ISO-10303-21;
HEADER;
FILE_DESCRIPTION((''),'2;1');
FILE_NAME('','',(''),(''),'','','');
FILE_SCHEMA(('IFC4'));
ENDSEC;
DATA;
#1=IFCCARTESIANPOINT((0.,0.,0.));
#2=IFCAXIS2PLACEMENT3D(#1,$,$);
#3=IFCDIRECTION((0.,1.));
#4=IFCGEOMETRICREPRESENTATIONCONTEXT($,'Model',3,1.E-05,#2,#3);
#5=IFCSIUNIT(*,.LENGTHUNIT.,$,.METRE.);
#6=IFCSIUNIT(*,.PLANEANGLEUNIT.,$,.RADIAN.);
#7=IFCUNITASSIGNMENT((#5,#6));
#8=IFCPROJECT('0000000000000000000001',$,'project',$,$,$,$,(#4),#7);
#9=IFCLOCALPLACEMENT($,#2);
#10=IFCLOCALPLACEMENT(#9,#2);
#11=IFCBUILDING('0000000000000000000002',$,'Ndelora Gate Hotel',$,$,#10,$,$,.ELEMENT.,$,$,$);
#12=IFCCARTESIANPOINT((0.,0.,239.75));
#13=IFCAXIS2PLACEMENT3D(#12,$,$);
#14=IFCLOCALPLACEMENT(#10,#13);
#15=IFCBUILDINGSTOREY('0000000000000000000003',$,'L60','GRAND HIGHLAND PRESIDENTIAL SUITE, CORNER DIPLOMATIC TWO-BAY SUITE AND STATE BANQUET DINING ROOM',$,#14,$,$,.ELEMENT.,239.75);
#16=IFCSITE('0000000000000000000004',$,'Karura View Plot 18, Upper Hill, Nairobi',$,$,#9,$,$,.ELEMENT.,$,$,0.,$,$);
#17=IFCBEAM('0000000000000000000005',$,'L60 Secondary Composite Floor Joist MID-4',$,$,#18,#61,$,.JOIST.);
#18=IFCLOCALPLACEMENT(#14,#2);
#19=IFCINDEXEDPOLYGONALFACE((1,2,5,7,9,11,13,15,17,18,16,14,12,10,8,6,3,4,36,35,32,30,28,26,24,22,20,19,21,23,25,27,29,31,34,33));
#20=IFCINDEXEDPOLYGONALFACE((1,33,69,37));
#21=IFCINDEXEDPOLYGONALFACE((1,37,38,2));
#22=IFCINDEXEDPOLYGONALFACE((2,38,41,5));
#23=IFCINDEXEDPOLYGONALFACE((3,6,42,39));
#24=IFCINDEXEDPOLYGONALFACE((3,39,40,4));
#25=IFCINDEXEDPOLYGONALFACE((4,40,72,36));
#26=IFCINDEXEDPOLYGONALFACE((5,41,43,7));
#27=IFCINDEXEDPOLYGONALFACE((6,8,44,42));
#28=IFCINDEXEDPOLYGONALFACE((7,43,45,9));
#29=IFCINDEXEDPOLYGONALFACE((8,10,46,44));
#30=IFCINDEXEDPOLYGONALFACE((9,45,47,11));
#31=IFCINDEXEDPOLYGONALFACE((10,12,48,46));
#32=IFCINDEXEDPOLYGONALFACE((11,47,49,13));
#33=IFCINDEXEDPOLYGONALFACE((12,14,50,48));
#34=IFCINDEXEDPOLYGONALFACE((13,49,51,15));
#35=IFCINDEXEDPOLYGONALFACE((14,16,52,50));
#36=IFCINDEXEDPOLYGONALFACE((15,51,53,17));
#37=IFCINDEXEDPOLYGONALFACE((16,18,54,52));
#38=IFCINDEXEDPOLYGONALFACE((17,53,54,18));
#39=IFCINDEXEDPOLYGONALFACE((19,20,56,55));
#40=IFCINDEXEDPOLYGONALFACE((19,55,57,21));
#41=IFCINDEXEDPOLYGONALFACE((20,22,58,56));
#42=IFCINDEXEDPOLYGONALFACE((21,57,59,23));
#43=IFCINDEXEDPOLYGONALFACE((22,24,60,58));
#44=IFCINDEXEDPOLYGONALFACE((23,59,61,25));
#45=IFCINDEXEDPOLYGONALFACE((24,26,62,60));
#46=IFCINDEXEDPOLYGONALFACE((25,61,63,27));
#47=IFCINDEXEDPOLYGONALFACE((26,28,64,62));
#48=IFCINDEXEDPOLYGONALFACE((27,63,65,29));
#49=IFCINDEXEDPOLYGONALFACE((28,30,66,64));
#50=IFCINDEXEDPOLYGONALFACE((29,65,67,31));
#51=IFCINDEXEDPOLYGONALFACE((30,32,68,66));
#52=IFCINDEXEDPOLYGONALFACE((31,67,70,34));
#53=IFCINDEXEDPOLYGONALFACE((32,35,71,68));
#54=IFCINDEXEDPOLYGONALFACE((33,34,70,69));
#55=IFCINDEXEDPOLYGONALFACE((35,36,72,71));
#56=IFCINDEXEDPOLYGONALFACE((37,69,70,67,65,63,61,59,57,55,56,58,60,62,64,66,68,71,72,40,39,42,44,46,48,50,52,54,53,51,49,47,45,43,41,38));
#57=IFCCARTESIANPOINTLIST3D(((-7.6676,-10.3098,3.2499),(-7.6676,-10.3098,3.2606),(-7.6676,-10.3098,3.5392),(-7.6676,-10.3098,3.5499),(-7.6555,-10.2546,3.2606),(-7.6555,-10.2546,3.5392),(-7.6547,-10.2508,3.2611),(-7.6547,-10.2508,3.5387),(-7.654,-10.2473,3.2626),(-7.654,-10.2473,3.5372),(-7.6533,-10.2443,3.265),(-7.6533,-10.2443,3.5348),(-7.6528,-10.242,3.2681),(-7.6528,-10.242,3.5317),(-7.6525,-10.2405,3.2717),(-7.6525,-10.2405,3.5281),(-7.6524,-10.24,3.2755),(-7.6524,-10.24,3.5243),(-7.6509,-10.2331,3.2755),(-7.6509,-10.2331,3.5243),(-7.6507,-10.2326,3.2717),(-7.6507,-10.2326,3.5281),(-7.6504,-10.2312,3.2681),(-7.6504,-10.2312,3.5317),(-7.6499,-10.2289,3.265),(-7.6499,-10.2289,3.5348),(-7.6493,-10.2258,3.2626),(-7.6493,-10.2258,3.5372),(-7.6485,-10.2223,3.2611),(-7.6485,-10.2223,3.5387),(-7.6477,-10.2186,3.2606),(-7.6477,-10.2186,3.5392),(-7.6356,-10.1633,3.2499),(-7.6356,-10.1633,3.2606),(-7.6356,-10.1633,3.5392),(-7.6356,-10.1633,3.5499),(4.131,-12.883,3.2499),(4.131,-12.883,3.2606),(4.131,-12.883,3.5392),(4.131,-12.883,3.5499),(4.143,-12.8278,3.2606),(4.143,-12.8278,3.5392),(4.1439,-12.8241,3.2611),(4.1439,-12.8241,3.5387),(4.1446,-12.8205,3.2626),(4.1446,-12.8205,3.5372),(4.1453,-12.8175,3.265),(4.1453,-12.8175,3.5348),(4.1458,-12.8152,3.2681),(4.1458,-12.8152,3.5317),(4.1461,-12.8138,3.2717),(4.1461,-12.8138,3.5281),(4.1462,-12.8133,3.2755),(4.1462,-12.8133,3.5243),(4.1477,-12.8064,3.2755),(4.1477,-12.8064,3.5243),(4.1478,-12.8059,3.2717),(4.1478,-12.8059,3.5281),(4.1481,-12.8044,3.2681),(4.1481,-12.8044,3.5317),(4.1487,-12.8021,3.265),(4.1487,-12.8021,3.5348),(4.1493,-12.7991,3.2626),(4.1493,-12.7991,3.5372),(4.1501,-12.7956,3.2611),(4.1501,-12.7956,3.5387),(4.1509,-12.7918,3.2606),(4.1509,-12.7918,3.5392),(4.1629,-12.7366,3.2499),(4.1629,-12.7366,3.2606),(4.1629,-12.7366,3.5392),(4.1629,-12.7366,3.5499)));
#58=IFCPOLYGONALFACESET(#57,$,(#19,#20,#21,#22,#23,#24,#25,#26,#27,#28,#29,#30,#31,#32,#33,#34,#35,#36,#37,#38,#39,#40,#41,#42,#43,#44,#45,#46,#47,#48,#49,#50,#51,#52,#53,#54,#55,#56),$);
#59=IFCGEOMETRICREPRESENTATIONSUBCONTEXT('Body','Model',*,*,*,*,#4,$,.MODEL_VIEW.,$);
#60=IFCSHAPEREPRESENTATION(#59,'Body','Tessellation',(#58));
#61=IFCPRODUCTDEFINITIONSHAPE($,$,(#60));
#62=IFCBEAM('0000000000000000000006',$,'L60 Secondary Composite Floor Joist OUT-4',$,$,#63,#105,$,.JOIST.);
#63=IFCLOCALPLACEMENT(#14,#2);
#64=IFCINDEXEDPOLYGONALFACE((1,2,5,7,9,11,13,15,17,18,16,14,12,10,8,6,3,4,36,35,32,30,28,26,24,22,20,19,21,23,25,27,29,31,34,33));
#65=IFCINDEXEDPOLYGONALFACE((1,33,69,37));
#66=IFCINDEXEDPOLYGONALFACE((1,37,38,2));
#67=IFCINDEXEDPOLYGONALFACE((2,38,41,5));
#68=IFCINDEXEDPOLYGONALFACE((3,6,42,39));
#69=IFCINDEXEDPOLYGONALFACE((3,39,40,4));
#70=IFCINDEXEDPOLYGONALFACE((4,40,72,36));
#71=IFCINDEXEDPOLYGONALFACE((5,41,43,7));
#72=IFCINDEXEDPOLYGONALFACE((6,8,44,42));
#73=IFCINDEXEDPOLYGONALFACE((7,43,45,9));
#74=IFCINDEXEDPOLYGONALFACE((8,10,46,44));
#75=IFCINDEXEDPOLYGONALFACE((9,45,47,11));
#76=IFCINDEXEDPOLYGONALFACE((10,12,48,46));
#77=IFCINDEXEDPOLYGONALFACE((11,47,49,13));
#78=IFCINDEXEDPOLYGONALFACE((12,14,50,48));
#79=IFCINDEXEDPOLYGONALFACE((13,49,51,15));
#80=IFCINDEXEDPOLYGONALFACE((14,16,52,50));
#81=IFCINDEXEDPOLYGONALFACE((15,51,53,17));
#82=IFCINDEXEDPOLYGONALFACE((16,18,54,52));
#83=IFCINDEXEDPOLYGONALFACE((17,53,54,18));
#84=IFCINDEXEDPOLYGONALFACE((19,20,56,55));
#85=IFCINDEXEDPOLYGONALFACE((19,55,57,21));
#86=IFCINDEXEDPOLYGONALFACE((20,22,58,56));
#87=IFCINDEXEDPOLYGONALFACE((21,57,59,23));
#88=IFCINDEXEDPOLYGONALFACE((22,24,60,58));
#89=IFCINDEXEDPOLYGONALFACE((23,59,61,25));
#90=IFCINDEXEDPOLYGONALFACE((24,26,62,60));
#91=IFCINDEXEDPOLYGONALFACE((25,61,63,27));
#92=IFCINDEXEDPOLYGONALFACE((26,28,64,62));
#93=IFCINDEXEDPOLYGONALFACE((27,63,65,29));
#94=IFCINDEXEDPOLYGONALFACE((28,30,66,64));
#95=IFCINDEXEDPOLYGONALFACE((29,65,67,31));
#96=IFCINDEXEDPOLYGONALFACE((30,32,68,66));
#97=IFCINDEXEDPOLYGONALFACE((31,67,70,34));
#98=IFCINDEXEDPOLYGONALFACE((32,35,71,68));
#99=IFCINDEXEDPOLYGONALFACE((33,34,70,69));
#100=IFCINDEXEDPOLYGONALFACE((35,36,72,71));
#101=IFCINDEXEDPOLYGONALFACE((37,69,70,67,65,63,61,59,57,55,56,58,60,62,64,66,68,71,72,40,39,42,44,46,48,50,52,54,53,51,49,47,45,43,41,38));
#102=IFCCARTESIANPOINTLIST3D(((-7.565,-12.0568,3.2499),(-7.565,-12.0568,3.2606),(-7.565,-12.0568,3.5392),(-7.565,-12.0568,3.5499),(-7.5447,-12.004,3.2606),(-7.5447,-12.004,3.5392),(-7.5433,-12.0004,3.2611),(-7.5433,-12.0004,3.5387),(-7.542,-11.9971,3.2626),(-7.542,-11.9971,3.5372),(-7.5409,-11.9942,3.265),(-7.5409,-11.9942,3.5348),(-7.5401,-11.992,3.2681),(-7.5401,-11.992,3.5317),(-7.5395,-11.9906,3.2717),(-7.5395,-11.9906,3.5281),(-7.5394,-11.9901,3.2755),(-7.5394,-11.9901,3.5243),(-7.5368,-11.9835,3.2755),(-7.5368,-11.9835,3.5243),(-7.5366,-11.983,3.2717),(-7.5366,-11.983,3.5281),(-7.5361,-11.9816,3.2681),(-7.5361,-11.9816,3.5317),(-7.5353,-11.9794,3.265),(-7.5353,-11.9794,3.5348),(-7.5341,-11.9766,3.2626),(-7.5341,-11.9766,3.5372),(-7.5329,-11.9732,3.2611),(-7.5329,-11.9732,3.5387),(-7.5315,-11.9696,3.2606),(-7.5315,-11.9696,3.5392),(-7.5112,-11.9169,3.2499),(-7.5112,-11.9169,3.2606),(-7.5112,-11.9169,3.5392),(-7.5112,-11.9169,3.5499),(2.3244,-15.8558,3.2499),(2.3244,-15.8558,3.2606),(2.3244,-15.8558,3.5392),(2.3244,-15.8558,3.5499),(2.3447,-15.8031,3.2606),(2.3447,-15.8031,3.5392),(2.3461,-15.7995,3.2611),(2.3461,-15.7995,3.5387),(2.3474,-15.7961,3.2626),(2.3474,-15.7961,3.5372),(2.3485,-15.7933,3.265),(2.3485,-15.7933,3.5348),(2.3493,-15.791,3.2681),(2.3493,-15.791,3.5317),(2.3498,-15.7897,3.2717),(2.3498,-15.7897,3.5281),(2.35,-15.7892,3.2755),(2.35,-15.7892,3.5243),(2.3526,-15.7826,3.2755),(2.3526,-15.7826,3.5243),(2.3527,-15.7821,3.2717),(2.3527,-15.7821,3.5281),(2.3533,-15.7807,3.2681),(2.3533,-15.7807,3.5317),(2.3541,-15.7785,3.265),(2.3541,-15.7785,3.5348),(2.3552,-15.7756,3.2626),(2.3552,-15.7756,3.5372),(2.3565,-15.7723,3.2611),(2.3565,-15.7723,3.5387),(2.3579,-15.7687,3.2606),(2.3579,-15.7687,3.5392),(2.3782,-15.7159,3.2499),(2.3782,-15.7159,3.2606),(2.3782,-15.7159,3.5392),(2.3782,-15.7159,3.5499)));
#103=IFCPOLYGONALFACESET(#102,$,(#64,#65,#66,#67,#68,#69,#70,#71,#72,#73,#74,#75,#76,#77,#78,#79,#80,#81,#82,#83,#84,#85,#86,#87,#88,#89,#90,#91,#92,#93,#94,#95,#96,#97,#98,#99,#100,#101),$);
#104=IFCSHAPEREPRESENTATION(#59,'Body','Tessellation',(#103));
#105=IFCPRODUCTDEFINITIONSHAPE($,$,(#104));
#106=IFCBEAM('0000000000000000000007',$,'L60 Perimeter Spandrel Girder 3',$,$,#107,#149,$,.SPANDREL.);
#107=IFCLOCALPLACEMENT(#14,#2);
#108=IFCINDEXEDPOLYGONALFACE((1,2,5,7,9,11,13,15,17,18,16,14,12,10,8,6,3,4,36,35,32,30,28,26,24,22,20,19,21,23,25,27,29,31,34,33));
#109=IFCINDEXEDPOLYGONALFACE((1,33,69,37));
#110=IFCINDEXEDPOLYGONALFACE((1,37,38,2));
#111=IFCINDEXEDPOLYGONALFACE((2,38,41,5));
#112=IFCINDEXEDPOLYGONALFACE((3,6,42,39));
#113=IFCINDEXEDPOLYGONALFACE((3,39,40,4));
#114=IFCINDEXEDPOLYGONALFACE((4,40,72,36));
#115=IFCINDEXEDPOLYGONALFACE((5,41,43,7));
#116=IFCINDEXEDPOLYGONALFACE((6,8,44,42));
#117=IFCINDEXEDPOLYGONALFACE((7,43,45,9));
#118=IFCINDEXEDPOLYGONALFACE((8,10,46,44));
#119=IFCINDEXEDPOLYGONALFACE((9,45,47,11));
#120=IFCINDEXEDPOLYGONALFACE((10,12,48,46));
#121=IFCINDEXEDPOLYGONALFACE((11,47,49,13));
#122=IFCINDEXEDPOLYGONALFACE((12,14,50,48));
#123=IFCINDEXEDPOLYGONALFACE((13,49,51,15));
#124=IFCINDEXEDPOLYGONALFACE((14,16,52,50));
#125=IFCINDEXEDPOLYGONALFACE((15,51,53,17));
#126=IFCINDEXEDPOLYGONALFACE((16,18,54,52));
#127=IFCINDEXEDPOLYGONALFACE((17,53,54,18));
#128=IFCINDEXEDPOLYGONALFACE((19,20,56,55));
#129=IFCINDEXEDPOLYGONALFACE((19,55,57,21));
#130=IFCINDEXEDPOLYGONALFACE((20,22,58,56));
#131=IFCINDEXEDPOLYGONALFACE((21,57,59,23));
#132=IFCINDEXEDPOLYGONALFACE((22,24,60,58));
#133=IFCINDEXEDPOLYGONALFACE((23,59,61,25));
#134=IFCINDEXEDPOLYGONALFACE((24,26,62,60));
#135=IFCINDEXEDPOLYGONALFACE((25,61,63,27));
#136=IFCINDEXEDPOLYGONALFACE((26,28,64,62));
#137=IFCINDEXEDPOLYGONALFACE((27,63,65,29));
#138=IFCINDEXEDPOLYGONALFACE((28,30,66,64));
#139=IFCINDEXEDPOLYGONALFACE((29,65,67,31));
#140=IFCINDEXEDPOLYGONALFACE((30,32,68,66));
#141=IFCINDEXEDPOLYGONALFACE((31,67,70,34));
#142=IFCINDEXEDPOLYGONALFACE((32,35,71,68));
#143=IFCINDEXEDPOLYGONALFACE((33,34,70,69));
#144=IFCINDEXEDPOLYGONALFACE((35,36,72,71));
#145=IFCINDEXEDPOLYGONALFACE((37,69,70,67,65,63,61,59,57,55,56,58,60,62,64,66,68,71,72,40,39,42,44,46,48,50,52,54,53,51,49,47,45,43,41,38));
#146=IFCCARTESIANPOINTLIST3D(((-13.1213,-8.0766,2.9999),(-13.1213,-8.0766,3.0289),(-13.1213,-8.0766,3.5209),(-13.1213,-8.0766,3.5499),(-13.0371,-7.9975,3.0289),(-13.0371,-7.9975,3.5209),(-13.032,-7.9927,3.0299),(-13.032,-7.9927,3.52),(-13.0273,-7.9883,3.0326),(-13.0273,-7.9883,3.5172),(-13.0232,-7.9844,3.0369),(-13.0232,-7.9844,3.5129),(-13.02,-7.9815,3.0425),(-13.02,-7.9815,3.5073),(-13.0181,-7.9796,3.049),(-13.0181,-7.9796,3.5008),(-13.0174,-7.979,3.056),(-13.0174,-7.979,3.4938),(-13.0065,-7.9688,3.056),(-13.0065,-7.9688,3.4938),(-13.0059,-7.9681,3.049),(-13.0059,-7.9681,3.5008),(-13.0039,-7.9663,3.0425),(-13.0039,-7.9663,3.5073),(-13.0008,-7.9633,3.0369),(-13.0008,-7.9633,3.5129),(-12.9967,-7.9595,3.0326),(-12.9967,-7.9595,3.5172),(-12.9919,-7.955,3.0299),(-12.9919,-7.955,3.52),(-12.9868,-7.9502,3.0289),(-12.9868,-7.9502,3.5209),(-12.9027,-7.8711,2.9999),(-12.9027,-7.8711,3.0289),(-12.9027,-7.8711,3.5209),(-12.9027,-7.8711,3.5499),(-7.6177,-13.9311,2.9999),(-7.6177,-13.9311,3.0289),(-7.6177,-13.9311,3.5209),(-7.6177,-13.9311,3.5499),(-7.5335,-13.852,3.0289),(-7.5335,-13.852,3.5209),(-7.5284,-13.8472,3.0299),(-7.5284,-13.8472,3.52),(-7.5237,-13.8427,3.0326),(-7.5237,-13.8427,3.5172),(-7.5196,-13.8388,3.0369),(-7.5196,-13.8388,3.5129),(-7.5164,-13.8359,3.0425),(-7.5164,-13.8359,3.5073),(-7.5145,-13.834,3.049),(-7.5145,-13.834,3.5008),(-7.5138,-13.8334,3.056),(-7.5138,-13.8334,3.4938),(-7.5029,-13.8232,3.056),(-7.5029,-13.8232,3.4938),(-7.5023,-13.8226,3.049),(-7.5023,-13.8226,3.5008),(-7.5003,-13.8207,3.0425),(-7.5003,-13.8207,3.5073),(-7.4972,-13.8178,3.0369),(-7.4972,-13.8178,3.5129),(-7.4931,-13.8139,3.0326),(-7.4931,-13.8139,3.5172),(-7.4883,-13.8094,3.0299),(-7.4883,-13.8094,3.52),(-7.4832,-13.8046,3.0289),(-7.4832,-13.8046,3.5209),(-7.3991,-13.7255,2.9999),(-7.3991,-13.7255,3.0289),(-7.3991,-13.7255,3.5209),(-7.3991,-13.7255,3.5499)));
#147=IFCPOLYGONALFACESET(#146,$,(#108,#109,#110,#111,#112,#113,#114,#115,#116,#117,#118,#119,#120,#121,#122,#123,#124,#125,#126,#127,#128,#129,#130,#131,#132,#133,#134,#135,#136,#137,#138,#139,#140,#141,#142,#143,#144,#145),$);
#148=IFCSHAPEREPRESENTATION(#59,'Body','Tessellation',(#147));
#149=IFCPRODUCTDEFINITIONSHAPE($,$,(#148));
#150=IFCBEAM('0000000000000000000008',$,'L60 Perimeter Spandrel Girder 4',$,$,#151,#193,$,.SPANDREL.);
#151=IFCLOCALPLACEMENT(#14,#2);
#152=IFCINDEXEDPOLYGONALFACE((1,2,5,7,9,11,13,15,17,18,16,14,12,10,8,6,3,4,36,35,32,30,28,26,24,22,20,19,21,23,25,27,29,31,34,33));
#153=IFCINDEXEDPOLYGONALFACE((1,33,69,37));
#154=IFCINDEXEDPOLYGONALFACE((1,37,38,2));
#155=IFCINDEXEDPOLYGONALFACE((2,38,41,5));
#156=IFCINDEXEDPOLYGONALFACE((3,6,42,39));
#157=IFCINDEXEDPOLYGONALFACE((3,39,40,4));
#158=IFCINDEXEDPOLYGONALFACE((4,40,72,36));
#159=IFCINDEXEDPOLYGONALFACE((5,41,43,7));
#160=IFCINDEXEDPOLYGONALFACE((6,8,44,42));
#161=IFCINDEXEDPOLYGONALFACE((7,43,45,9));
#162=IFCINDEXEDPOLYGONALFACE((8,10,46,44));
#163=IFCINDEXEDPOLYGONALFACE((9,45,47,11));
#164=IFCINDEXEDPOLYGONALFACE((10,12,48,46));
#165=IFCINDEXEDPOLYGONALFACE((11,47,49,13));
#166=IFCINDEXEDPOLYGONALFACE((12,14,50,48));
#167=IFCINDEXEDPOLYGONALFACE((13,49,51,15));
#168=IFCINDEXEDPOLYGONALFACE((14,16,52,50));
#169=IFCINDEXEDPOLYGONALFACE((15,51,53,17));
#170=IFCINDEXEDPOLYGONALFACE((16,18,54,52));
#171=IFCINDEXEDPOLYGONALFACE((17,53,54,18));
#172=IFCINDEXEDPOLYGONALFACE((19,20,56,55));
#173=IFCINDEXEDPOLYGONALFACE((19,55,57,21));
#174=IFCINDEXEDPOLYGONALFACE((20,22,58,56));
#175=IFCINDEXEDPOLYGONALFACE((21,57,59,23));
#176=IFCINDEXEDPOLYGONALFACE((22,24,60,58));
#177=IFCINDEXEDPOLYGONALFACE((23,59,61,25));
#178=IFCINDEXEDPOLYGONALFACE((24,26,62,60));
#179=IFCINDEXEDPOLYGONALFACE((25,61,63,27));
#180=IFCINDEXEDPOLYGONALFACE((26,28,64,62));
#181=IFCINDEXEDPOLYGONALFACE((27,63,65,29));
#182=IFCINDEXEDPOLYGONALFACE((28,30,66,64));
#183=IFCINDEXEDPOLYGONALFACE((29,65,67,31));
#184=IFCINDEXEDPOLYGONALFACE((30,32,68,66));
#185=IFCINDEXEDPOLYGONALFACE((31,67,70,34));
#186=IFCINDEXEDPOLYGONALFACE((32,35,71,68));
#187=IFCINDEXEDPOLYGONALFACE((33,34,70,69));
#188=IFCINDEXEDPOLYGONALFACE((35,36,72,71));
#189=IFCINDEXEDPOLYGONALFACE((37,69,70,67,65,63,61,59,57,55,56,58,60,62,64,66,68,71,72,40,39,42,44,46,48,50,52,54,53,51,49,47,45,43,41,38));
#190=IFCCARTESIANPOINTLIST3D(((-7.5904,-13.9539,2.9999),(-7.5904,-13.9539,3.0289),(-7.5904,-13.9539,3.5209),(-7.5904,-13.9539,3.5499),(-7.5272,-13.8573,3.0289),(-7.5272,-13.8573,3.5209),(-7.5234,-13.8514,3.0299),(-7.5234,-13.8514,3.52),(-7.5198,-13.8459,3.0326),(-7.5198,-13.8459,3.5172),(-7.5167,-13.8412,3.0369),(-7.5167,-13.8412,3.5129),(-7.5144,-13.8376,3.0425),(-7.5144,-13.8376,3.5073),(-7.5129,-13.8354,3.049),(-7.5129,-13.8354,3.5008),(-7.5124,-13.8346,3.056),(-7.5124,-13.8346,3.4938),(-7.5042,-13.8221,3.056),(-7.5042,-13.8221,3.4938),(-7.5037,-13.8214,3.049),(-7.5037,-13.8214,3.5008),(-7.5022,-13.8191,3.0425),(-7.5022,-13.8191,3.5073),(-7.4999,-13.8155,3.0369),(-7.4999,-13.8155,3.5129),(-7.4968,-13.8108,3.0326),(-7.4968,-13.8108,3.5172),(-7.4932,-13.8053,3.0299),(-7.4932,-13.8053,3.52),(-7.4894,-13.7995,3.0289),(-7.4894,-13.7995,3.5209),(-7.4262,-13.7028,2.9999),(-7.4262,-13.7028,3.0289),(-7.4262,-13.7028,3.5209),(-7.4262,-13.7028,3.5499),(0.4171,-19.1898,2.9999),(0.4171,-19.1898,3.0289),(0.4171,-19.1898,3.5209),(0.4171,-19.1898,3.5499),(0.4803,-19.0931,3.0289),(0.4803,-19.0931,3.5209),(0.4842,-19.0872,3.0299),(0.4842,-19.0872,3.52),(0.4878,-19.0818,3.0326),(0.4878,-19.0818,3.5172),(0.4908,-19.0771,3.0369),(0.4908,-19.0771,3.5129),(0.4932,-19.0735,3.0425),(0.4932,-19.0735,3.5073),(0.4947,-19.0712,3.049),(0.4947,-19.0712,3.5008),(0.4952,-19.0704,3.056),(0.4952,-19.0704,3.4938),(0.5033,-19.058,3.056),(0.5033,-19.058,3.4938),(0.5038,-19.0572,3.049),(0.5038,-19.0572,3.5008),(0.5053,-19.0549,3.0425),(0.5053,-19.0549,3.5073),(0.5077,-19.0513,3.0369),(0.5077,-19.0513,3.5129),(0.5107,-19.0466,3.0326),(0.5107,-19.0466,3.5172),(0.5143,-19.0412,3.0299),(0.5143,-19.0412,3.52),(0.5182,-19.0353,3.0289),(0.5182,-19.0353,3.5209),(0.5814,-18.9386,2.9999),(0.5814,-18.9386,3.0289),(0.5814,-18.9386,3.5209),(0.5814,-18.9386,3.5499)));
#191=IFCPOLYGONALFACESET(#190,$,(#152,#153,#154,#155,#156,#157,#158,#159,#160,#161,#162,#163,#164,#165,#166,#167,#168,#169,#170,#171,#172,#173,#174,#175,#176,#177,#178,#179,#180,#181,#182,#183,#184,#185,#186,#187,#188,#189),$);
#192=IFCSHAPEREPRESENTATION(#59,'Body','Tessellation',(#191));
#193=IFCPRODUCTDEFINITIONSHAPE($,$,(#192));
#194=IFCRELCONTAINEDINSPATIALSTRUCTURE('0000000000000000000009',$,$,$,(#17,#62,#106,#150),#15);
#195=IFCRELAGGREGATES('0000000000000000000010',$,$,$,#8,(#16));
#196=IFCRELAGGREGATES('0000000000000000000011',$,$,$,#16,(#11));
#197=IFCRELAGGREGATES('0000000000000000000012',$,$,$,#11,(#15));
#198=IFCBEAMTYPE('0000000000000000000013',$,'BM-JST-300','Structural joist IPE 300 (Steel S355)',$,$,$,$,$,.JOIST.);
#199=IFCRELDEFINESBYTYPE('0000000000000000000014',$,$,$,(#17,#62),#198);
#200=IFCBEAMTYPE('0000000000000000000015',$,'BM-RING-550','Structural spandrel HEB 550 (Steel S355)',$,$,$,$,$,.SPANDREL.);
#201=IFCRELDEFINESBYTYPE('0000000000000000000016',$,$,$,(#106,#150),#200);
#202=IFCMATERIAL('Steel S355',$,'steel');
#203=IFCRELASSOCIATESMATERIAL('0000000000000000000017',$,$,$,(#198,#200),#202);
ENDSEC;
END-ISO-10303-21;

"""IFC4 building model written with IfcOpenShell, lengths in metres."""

from ifc_helpers import new_model, si_unit, direction, frame, origin, origin_2d, place, context, subcontext, project, spatial, i_section, extrude, material, material_profile, profile_set, type_object, element, save


model = new_model("IFC4")

# Units and contexts
model_context = context("Model", 3, precision=1e-05, world=origin(), true_north=direction((0.0, 1.0)))
body_context = subcontext(model_context, "Body", "Model", "MODEL_VIEW")
ifc_project = project(units=[si_unit("LENGTHUNIT", "METRE"), si_unit("PLANEANGLEUNIT", "RADIAN")], contexts=[model_context])

# Site, building, storey
site_placement = place(None, origin())
site = spatial("IfcSite", under=ifc_project, at=site_placement, Name="Karura View Plot 18, Upper Hill, Nairobi", CompositionType="ELEMENT", RefElevation=0.0)
building_placement = place(site_placement, origin())
building = spatial("IfcBuilding", under=site, at=building_placement, Name="Ndelora Gate Hotel", CompositionType="ELEMENT")
storey_placement = place(building_placement, frame((0.0, 0.0, 239.75)))
storey = spatial("IfcBuildingStorey", under=building, at=storey_placement, Name="L60", Description="GRAND HIGHLAND PRESIDENTIAL SUITE, CORNER DIPLOMATIC TWO-BAY SUITE AND STATE BANQUET DINING ROOM", CompositionType="ELEMENT", Elevation=239.75)

# Beams
ifc_material_1 = material(Name="Steel S355", Category="steel")
ifc_material_profile_1 = material_profile(ifc_material_1, i_section(OverallWidth=0.1499, OverallDepth=0.3, WebThickness=0.0071, FlangeThickness=0.0107, FilletRadius=0.0149, at=origin_2d()), Name="IPE 300")
ifc_profile_set_1 = profile_set([ifc_material_profile_1], Name="Steel S355")
beam_type_1 = type_object("IfcBeamType", Name="BM-JST-300", Description="Structural joist IPE 300 (Steel S355)", PredefinedType="JOIST", material=ifc_profile_set_1)
beam_1_placement = place(storey_placement, frame((-7.6516, -10.2366, 3.3999), z_axis=(0.977033, -0.213088, 0.0), x_axis=(0.213088, 0.977033, 0.0)))
element("IfcBeam", 1, at=beam_1_placement, inside=storey, type_object=beam_type_1, Name="L60 Secondary Composite Floor Joist MID-4", PredefinedType="JOIST", context=body_context, shape_type="SweptSolid", body=[
    extrude(i_section(OverallWidth=0.1499, OverallDepth=0.3, WebThickness=0.0071, FlangeThickness=0.0107, FilletRadius=0.0149, at=origin_2d()), origin(), (0.0, 0.0, 1.0), 12.0759),
])
beam_2_placement = place(storey_placement, frame((-7.5381, -11.9868, 3.3999), z_axis=(0.933489, -0.358605, 0.0), x_axis=(0.358605, 0.933489, 0.0)))
element("IfcBeam", 2, at=beam_2_placement, inside=storey, type_object=beam_type_1, Name="L60 Secondary Composite Floor Joist OUT-4", PredefinedType="JOIST", context=body_context, shape_type="SweptSolid", body=[
    extrude(i_section(OverallWidth=0.1499, OverallDepth=0.3, WebThickness=0.0071, FlangeThickness=0.0107, FilletRadius=0.0149, at=origin_2d()), origin(), (0.0, 0.0, 1.0), 10.594),
])
ifc_material_profile_2 = material_profile(ifc_material_1, i_section(OverallWidth=0.3, OverallDepth=0.55, WebThickness=0.0149, FlangeThickness=0.0291, FilletRadius=0.0271, at=origin_2d()), Name="HEB 550")
ifc_profile_set_2 = profile_set([ifc_material_profile_2], Name="Steel S355")
beam_type_2 = type_object("IfcBeamType", Name="BM-RING-550", Description="Structural spandrel HEB 550 (Steel S355)", PredefinedType="SPANDREL", material=ifc_profile_set_2)
beam_3_placement = place(storey_placement, frame((-13.012, -7.9739, 3.2749), z_axis=(0.684939, -0.7286, 0.0), x_axis=(0.7286, 0.684939, 0.0)))
element("IfcBeam", 3, at=beam_3_placement, inside=storey, type_object=beam_type_2, Name="L60 Perimeter Spandrel Girder 3", PredefinedType="SPANDREL", context=body_context, shape_type="SweptSolid", body=[
    extrude(i_section(OverallWidth=0.3, OverallDepth=0.55, WebThickness=0.0149, FlangeThickness=0.0291, FilletRadius=0.0271, at=origin_2d()), origin(), (0.0, 0.0, 1.0), 8.0352),
])
beam_4_placement = place(storey_placement, frame((-7.5083, -13.8284, 3.2749), z_axis=(0.836964, -0.547258, 0.0), x_axis=(0.547258, 0.836964, 0.0)))
element("IfcBeam", 4, at=beam_4_placement, inside=storey, type_object=beam_type_2, Name="L60 Perimeter Spandrel Girder 4", PredefinedType="SPANDREL", context=body_context, shape_type="SweptSolid", body=[
    extrude(i_section(OverallWidth=0.3, OverallDepth=0.55, WebThickness=0.0149, FlangeThickness=0.0291, FilletRadius=0.0271, at=origin_2d()), origin(), (0.0, 0.0, 1.0), 9.5674),
])

save(model, "model.ifc")
